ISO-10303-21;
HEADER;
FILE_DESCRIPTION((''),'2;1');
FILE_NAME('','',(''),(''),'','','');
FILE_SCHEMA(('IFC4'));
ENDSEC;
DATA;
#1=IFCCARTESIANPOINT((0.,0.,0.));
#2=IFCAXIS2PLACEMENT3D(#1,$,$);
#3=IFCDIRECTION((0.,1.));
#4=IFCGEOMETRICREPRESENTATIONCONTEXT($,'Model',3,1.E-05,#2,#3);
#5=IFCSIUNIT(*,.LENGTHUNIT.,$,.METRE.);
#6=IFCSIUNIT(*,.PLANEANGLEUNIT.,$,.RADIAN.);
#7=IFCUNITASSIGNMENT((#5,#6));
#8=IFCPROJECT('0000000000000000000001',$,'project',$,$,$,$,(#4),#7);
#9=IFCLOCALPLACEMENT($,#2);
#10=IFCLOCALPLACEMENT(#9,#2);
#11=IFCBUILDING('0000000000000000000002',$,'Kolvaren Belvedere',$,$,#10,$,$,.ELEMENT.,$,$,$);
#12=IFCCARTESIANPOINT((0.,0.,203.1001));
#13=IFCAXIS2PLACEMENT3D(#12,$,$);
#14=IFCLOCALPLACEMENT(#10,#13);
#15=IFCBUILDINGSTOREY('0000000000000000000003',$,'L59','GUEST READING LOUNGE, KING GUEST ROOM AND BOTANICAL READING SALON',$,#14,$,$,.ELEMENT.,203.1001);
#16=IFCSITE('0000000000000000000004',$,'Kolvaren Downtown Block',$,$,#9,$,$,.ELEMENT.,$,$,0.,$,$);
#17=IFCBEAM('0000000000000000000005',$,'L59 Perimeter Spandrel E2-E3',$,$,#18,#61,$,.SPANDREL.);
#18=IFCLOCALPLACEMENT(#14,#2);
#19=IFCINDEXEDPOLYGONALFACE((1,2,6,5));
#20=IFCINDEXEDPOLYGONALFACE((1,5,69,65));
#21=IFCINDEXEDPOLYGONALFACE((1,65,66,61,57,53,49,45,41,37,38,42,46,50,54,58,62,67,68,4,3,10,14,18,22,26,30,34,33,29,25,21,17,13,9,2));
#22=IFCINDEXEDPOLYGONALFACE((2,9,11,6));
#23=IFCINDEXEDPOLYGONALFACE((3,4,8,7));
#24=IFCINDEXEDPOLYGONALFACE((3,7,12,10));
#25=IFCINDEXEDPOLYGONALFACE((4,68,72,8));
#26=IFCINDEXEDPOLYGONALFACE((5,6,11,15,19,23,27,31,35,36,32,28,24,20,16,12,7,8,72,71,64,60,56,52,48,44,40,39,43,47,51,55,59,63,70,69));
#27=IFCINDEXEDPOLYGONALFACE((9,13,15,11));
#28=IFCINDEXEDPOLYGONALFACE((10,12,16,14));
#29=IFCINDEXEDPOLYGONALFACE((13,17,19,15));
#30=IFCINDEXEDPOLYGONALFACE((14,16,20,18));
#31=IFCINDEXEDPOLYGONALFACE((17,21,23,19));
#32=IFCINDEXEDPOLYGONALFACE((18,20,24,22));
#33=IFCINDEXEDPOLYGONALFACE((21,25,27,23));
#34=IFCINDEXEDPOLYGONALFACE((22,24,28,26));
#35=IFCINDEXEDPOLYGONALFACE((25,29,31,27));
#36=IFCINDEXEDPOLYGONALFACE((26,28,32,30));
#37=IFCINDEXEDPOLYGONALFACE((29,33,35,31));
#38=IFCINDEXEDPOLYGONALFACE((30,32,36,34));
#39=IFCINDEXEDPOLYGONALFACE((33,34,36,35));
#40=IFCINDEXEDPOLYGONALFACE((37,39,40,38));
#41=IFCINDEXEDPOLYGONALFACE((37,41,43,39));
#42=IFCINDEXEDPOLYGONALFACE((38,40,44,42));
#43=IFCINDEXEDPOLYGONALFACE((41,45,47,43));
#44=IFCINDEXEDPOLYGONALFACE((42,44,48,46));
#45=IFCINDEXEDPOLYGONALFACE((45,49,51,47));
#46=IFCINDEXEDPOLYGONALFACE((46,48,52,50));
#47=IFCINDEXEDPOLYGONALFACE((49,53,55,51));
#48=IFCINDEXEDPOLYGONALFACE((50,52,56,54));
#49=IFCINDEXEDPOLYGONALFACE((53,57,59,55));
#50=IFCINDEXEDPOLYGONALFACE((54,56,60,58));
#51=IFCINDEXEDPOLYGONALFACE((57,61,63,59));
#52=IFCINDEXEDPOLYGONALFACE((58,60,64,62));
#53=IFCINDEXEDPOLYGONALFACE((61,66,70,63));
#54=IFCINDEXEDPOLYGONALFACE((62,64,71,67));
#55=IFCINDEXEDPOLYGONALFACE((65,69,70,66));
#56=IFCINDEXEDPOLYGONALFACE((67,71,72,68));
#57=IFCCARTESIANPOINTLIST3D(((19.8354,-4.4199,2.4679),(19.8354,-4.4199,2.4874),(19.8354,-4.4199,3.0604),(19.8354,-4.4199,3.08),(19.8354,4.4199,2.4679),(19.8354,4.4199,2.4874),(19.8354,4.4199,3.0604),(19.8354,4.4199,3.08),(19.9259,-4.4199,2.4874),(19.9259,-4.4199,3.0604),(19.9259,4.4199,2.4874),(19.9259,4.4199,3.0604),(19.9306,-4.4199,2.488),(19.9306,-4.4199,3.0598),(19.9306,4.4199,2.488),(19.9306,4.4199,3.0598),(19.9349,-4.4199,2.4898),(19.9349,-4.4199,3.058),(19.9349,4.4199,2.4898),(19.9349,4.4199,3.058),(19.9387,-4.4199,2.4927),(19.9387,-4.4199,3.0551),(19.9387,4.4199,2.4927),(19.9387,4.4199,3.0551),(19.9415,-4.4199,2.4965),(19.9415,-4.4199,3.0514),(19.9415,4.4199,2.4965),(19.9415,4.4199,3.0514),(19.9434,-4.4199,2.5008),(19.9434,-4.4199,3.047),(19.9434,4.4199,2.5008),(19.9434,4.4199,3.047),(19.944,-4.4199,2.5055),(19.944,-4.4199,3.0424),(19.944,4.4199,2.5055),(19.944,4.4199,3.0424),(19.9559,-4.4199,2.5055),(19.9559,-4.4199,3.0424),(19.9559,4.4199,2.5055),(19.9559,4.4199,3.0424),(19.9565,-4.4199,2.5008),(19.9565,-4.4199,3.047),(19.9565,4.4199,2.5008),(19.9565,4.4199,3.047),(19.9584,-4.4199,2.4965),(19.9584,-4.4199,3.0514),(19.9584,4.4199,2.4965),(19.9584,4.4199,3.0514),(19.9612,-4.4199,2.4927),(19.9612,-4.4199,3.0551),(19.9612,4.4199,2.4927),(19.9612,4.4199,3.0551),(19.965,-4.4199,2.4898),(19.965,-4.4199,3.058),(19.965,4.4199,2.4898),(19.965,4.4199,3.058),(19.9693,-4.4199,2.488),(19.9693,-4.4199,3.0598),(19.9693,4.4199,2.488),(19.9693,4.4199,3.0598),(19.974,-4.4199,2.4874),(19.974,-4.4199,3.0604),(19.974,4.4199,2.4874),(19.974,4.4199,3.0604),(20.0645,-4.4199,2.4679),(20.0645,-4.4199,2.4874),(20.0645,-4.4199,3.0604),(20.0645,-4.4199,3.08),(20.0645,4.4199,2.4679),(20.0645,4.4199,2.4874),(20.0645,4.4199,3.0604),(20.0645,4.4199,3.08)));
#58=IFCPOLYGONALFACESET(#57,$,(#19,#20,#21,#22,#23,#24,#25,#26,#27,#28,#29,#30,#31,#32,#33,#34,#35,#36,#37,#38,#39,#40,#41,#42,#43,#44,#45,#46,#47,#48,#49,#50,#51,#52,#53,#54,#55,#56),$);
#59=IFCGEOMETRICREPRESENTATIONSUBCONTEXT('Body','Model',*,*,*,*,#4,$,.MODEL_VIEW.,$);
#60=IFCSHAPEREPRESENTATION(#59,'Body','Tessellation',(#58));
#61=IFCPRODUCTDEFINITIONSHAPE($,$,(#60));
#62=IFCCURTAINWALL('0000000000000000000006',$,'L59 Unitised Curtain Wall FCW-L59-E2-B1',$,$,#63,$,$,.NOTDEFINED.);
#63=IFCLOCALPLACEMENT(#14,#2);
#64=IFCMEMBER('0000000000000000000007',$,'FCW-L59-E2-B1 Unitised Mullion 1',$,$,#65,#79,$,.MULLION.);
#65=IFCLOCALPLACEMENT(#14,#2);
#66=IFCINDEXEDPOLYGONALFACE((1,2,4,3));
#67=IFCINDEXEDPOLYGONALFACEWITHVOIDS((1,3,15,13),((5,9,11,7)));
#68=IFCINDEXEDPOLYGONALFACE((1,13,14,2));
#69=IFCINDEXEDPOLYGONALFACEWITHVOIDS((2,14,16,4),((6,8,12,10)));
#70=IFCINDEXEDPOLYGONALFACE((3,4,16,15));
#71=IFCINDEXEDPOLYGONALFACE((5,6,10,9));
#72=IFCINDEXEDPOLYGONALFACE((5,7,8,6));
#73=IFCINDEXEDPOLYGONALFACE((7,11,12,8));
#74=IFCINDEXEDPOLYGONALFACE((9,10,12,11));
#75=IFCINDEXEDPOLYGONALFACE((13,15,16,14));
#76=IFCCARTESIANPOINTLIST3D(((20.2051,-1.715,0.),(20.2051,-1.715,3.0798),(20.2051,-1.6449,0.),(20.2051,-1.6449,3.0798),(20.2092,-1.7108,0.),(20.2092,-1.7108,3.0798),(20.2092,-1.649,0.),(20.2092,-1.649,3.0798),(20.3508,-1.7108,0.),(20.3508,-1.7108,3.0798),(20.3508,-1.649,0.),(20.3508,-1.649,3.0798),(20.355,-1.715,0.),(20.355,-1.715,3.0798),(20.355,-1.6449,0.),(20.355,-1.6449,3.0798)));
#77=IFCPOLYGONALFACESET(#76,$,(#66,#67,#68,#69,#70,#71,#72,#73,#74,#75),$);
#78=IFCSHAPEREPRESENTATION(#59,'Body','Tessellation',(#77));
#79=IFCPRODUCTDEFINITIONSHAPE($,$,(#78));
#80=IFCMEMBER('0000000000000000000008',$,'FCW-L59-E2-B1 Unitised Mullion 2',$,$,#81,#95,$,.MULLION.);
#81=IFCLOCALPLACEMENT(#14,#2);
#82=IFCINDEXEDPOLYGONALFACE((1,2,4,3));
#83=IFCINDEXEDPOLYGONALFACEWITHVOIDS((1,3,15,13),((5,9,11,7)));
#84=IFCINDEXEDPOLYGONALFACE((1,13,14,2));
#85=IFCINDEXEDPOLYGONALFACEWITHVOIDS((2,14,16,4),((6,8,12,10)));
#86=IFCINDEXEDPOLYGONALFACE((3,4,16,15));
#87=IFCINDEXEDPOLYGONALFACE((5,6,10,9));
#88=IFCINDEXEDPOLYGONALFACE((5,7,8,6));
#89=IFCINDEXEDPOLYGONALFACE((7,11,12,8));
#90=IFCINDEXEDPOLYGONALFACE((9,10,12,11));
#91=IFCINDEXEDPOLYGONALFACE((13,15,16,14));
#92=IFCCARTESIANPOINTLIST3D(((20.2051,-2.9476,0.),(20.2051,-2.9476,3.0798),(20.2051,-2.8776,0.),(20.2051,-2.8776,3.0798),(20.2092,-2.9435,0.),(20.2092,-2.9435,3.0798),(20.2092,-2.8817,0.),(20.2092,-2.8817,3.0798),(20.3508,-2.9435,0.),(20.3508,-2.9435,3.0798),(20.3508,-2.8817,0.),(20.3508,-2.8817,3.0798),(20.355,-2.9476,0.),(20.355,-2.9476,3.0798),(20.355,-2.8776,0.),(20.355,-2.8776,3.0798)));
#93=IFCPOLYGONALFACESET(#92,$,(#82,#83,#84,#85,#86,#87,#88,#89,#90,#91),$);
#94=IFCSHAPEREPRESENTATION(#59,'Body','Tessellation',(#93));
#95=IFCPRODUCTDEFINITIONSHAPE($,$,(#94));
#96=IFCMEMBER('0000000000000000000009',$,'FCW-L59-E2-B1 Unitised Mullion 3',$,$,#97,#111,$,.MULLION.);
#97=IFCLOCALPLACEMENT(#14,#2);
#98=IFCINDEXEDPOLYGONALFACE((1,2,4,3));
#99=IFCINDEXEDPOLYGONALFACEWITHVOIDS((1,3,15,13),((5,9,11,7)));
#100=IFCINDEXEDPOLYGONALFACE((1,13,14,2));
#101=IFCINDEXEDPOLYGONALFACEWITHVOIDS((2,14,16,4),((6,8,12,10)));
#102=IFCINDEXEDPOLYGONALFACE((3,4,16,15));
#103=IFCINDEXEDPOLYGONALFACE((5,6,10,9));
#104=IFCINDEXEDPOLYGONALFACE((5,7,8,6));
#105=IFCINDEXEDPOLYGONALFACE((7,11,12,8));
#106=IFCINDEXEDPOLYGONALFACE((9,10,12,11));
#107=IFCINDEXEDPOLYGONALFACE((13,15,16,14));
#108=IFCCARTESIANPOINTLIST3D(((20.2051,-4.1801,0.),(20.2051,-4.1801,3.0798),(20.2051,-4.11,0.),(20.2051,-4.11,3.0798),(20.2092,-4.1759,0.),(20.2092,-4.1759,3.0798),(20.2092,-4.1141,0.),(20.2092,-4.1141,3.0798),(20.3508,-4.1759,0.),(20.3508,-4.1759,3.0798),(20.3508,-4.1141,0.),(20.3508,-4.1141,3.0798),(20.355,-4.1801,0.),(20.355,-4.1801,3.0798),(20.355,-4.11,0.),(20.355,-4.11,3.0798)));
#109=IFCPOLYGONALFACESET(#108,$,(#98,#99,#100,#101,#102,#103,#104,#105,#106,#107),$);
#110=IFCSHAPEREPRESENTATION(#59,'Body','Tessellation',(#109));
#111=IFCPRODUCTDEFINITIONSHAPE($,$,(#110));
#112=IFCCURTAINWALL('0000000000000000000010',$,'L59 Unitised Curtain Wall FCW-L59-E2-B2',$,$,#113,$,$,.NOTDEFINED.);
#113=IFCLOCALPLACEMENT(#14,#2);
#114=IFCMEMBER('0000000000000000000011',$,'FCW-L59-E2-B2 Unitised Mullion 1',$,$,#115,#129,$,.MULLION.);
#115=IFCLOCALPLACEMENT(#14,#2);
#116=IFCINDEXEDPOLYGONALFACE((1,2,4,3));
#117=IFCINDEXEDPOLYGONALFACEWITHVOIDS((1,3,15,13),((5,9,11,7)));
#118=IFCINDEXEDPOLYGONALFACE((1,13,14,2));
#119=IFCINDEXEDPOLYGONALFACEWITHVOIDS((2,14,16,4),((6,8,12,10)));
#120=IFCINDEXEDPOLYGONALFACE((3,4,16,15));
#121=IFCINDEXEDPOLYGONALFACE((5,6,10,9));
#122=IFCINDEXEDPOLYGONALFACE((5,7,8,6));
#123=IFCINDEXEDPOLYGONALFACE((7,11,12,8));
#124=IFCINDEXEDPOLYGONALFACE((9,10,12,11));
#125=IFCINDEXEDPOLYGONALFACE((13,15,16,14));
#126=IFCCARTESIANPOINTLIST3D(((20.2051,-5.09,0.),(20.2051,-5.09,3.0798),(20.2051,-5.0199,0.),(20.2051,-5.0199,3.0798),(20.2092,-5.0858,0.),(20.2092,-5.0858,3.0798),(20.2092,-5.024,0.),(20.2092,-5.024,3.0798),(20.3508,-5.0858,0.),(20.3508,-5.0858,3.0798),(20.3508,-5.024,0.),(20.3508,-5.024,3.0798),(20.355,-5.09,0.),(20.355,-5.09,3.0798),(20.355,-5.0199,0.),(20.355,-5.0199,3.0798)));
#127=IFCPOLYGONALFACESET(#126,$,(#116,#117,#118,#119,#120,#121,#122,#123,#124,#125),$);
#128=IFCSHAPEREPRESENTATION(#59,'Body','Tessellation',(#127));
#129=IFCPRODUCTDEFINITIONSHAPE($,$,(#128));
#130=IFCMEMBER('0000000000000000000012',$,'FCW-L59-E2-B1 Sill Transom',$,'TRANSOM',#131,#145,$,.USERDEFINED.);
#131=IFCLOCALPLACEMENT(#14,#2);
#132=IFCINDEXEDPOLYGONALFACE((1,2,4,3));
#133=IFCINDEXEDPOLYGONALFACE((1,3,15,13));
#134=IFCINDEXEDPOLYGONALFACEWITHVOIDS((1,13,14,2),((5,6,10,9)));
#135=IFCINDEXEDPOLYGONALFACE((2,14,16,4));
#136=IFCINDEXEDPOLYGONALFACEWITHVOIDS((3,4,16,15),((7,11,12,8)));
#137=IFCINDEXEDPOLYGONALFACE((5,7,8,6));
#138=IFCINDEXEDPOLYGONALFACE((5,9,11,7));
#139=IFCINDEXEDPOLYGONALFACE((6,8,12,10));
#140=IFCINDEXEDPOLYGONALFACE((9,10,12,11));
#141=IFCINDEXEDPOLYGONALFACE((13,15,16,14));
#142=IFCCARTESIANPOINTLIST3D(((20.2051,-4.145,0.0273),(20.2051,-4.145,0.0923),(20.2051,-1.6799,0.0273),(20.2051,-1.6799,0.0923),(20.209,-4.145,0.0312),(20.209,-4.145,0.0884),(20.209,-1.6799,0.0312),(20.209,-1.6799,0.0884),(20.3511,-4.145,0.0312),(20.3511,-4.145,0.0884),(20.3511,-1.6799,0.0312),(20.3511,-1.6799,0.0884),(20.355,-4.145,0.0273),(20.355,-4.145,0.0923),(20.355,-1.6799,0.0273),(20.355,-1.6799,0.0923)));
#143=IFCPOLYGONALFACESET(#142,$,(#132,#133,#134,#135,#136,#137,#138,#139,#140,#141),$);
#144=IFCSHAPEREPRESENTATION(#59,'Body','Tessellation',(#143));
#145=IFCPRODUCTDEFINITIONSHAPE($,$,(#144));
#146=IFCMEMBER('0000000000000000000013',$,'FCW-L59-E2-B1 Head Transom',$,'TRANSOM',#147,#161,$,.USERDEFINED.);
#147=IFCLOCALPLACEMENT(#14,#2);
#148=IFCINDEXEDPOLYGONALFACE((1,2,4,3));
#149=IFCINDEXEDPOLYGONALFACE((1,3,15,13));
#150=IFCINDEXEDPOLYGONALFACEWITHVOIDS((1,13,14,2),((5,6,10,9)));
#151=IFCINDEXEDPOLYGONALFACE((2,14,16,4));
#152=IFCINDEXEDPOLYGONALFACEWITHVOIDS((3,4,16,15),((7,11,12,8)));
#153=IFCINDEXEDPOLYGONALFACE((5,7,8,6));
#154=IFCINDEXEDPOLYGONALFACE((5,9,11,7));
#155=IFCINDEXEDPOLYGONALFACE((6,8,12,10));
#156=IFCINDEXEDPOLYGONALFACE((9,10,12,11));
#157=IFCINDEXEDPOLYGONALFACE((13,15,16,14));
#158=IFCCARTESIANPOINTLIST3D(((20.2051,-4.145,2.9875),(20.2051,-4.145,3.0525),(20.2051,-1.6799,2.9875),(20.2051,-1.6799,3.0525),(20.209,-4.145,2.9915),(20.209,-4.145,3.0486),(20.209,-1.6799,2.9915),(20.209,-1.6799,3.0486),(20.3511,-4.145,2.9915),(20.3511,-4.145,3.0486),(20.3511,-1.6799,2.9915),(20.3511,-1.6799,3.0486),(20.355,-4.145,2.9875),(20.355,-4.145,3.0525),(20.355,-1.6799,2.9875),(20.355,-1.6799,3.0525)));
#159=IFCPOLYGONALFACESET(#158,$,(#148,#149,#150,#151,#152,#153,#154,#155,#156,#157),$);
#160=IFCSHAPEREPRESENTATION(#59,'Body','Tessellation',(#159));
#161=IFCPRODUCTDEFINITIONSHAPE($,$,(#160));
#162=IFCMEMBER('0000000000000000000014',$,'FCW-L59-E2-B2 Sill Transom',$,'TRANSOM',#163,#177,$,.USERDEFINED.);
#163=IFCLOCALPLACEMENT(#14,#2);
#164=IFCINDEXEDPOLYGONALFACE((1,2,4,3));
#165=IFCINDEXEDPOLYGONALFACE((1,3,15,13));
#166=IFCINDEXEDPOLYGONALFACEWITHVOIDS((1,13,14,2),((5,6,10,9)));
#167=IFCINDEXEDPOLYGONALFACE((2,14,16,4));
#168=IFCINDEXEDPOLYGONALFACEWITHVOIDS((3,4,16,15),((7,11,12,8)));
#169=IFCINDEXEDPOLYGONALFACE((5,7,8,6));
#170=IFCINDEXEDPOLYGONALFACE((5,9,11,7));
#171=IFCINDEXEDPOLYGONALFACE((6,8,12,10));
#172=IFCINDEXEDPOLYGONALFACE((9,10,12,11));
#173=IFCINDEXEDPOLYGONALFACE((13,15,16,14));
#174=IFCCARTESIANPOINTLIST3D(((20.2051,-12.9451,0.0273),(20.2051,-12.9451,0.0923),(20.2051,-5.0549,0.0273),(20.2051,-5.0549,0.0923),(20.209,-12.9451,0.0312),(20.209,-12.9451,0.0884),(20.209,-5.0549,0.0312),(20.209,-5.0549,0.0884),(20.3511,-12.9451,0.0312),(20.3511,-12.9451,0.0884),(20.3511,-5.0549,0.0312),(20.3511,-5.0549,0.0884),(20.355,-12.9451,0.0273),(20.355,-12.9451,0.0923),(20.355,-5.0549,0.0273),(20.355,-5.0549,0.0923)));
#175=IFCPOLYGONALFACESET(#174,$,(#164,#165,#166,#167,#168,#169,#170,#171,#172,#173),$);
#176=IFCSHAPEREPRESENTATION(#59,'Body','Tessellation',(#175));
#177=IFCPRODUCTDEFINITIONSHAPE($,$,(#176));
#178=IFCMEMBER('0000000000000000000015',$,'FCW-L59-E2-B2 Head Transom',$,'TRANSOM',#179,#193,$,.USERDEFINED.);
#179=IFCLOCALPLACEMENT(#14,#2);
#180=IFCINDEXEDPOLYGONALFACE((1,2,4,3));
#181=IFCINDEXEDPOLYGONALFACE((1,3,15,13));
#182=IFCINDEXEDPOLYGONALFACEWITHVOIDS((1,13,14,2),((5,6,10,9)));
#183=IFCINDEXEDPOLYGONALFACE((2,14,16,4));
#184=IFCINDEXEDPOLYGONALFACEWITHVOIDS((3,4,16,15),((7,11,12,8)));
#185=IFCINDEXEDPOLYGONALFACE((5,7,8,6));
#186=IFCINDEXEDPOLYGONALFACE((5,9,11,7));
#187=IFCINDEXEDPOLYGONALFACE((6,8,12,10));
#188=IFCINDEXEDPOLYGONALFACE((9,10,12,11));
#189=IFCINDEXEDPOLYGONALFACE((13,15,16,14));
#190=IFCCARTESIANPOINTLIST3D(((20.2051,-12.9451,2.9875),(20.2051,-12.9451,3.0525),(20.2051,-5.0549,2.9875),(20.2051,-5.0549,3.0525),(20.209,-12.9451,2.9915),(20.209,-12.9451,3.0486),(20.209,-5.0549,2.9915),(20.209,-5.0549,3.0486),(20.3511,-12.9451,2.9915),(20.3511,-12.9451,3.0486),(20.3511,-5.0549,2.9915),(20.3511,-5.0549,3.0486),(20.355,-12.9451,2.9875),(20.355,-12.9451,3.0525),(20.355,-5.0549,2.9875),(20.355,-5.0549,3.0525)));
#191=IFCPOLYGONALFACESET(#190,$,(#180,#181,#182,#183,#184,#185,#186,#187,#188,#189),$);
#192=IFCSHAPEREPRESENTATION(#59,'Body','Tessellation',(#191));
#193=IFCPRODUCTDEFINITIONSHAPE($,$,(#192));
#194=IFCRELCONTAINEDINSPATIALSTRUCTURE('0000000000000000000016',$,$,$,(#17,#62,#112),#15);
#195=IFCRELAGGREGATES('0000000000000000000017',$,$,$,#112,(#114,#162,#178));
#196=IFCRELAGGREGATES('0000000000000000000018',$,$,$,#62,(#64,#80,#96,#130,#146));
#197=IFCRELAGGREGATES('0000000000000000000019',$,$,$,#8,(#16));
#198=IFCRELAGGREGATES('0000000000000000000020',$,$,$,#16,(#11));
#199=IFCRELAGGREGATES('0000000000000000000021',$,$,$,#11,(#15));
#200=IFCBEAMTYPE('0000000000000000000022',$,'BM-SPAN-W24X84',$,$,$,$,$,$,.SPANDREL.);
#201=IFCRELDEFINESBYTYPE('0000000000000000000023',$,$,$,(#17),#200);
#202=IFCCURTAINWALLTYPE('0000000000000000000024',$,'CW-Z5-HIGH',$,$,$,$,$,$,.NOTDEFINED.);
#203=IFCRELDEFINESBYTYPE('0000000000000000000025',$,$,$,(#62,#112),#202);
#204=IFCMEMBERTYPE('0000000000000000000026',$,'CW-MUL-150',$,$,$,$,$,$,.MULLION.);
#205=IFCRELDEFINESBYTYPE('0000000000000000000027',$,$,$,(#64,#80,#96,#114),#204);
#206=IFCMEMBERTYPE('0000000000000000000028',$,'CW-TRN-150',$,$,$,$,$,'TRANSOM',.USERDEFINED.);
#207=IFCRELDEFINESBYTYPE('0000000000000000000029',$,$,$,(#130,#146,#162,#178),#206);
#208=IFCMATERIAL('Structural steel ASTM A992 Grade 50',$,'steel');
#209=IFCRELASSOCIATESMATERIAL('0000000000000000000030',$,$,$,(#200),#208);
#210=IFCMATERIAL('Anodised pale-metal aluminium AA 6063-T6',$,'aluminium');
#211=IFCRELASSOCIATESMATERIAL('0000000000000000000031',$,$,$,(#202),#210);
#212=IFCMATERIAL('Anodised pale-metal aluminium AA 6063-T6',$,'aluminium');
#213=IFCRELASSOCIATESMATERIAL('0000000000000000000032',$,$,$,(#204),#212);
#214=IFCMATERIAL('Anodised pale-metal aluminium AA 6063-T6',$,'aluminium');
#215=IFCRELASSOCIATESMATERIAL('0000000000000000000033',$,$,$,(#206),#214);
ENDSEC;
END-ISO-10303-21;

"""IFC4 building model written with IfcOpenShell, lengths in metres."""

from ifc_helpers import new_model, si_unit, direction, frame, origin, origin_2d, place, context, subcontext, project, spatial, hollow_rectangle, i_section, extrude, material, material_profile, profile_set, type_object, element, aggregate, save


model = new_model("IFC4")

# Units and contexts
model_context = context("Model", 3, precision=1e-05, world=origin(), true_north=direction((0.0, 1.0)))
body_context = subcontext(model_context, "Body", "Model", "MODEL_VIEW")
ifc_project = project(units=[si_unit("LENGTHUNIT", "METRE"), si_unit("PLANEANGLEUNIT", "RADIAN")], contexts=[model_context])

# Site, building, storey
site_placement = place(None, origin())
site = spatial("IfcSite", under=ifc_project, at=site_placement, Name="Kolvaren Downtown Block", CompositionType="ELEMENT", RefElevation=0.0)
building_placement = place(site_placement, origin())
building = spatial("IfcBuilding", under=site, at=building_placement, Name="Kolvaren Belvedere", CompositionType="ELEMENT")
storey_placement = place(building_placement, frame((0.0, 0.0, 203.1001)))
storey = spatial("IfcBuildingStorey", under=building, at=storey_placement, Name="L59", Description="GUEST READING LOUNGE, KING GUEST ROOM AND BOTANICAL READING SALON", CompositionType="ELEMENT", Elevation=203.1001)

# Beam
ifc_material_1 = material(Name="Structural steel ASTM A992 Grade 50", Category="steel")
ifc_material_profile_1 = material_profile(ifc_material_1, i_section(OverallWidth=0.229, OverallDepth=0.6121, WebThickness=0.012, FlangeThickness=0.0195, FilletRadius=0.0181, at=origin_2d()), Name="W24X84")
ifc_profile_set_1 = profile_set([ifc_material_profile_1], Name="Structural steel ASTM A992 Grade 50")
beam_type_1 = type_object("IfcBeamType", Name="BM-SPAN-W24X84", PredefinedType="SPANDREL", material=ifc_profile_set_1)
beam_1_placement = place(storey_placement, frame((19.95, -4.4199, 2.7739), z_axis=(0.0, 1.0, 0.0), x_axis=(-1.0, 0.0, 0.0)))
element("IfcBeam", 1, at=beam_1_placement, inside=storey, type_object=beam_type_1, Name="L59 Perimeter Spandrel E2-E3", PredefinedType="SPANDREL", context=body_context, shape_type="SweptSolid", body=[
    extrude(i_section(OverallWidth=0.229, OverallDepth=0.6121, WebThickness=0.012, FlangeThickness=0.0195, FilletRadius=0.0181, at=origin_2d()), origin(), (0.0, 0.0, 1.0), 8.8398),
])

# Curtain wall, members
ifc_material_2 = material(Name="Anodised pale-metal aluminium AA 6063-T6", Category="aluminium")
curtain_wall_type = type_object("IfcCurtainWallType", Name="CW-Z5-HIGH", PredefinedType="NOTDEFINED", material=ifc_material_2)
curtain_wall_1_placement = place(storey_placement, origin())
curtain_wall_1 = element("IfcCurtainWall", 2, at=curtain_wall_1_placement, inside=storey, type_object=curtain_wall_type, Name="L59 Unitised Curtain Wall FCW-L59-E2-B1", PredefinedType="NOTDEFINED")
ifc_material_3 = material(Name="Anodised pale-metal aluminium AA 6063-T6", Category="aluminium")
ifc_material_profile_2 = material_profile(ifc_material_3, hollow_rectangle(XDim=0.0701, YDim=0.1499, WallThickness=0.0042, at=origin_2d()), Name="ALU-MUL-150X70")
ifc_profile_set_2 = profile_set([ifc_material_profile_2], Name="Anodised pale-metal aluminium AA 6063-T6")
member_type_1 = type_object("IfcMemberType", Name="CW-MUL-150", PredefinedType="MULLION", material=ifc_profile_set_2)
member_1_placement = place(storey_placement, frame((20.28, -1.6799, 0.0), z_axis=(0.0, 0.0, 1.0), x_axis=(0.0, 1.0, 0.0)))
member_1 = element("IfcMember", 3, at=member_1_placement, type_object=member_type_1, Name="FCW-L59-E2-B1 Unitised Mullion 1", PredefinedType="MULLION", context=body_context, shape_type="SweptSolid", body=[
    extrude(hollow_rectangle(XDim=0.0701, YDim=0.1499, WallThickness=0.0042, at=origin_2d()), origin(), (0.0, 0.0, 1.0), 3.0798),
])
member_2_placement = place(storey_placement, frame((20.28, -2.9126, 0.0), z_axis=(0.0, 0.0, 1.0), x_axis=(0.0, 1.0, 0.0)))
member_2 = element("IfcMember", 4, at=member_2_placement, type_object=member_type_1, Name="FCW-L59-E2-B1 Unitised Mullion 2", PredefinedType="MULLION", context=body_context, shape_type="SweptSolid", body=[
    extrude(hollow_rectangle(XDim=0.0701, YDim=0.1499, WallThickness=0.0042, at=origin_2d()), origin(), (0.0, 0.0, 1.0), 3.0798),
])
member_3_placement = place(storey_placement, frame((20.28, -4.145, 0.0), z_axis=(0.0, 0.0, 1.0), x_axis=(0.0, 1.0, 0.0)))
member_3 = element("IfcMember", 5, at=member_3_placement, type_object=member_type_1, Name="FCW-L59-E2-B1 Unitised Mullion 3", PredefinedType="MULLION", context=body_context, shape_type="SweptSolid", body=[
    extrude(hollow_rectangle(XDim=0.0701, YDim=0.1499, WallThickness=0.0042, at=origin_2d()), origin(), (0.0, 0.0, 1.0), 3.0798),
])

# Curtain wall, member
curtain_wall_2_placement = place(storey_placement, origin())
curtain_wall_2 = element("IfcCurtainWall", 6, at=curtain_wall_2_placement, inside=storey, type_object=curtain_wall_type, Name="L59 Unitised Curtain Wall FCW-L59-E2-B2", PredefinedType="NOTDEFINED")
member_4_placement = place(storey_placement, frame((20.28, -5.0549, 0.0), z_axis=(0.0, 0.0, 1.0), x_axis=(0.0, 1.0, 0.0)))
member_4 = element("IfcMember", 7, at=member_4_placement, type_object=member_type_1, Name="FCW-L59-E2-B2 Unitised Mullion 1", PredefinedType="MULLION", context=body_context, shape_type="SweptSolid", body=[
    extrude(hollow_rectangle(XDim=0.0701, YDim=0.1499, WallThickness=0.0042, at=origin_2d()), origin(), (0.0, 0.0, 1.0), 3.0798),
])

# Members
ifc_material_4 = material(Name="Anodised pale-metal aluminium AA 6063-T6", Category="aluminium")
ifc_material_profile_3 = material_profile(ifc_material_4, hollow_rectangle(XDim=0.0649, YDim=0.1499, WallThickness=0.0039, at=origin_2d()), Name="ALU-TRN-150X65")
ifc_profile_set_3 = profile_set([ifc_material_profile_3], Name="Anodised pale-metal aluminium AA 6063-T6")
member_type_2 = type_object("IfcMemberType", Name="CW-TRN-150", ElementType="TRANSOM", PredefinedType="USERDEFINED", material=ifc_profile_set_3)
member_5_placement = place(storey_placement, frame((20.28, -1.6799, 0.0598), z_axis=(0.0, -1.0, 0.0), x_axis=(0.0, 0.0, 1.0)))
member_5 = element("IfcMember", 8, at=member_5_placement, type_object=member_type_2, Name="FCW-L59-E2-B1 Sill Transom", ObjectType="TRANSOM", PredefinedType="USERDEFINED", context=body_context, shape_type="SweptSolid", body=[
    extrude(hollow_rectangle(XDim=0.0649, YDim=0.1499, WallThickness=0.0039, at=origin_2d()), origin(), (0.0, 0.0, 1.0), 2.4651),
])
member_6_placement = place(storey_placement, frame((20.28, -1.6799, 3.02), z_axis=(0.0, -1.0, 0.0), x_axis=(0.0, 0.0, 1.0)))
member_6 = element("IfcMember", 9, at=member_6_placement, type_object=member_type_2, Name="FCW-L59-E2-B1 Head Transom", ObjectType="TRANSOM", PredefinedType="USERDEFINED", context=body_context, shape_type="SweptSolid", body=[
    extrude(hollow_rectangle(XDim=0.0649, YDim=0.1499, WallThickness=0.0039, at=origin_2d()), origin(), (0.0, 0.0, 1.0), 2.4651),
])
member_7_placement = place(storey_placement, frame((20.28, -5.0549, 0.0598), z_axis=(0.0, -1.0, 0.0), x_axis=(0.0, 0.0, 1.0)))
member_7 = element("IfcMember", 10, at=member_7_placement, type_object=member_type_2, Name="FCW-L59-E2-B2 Sill Transom", ObjectType="TRANSOM", PredefinedType="USERDEFINED", context=body_context, shape_type="SweptSolid", body=[
    extrude(hollow_rectangle(XDim=0.0649, YDim=0.1499, WallThickness=0.0039, at=origin_2d()), origin(), (0.0, 0.0, 1.0), 7.8901),
])
member_8_placement = place(storey_placement, frame((20.28, -5.0549, 3.02), z_axis=(0.0, -1.0, 0.0), x_axis=(0.0, 0.0, 1.0)))
member_8 = element("IfcMember", 11, at=member_8_placement, type_object=member_type_2, Name="FCW-L59-E2-B2 Head Transom", ObjectType="TRANSOM", PredefinedType="USERDEFINED", context=body_context, shape_type="SweptSolid", body=[
    extrude(hollow_rectangle(XDim=0.0649, YDim=0.1499, WallThickness=0.0039, at=origin_2d()), origin(), (0.0, 0.0, 1.0), 7.8901),
])
aggregate(curtain_wall_2, [member_4, member_7, member_8])

aggregate(curtain_wall_1, [member_1, member_2, member_3, member_5, member_6])

save(model, "model.ifc")
